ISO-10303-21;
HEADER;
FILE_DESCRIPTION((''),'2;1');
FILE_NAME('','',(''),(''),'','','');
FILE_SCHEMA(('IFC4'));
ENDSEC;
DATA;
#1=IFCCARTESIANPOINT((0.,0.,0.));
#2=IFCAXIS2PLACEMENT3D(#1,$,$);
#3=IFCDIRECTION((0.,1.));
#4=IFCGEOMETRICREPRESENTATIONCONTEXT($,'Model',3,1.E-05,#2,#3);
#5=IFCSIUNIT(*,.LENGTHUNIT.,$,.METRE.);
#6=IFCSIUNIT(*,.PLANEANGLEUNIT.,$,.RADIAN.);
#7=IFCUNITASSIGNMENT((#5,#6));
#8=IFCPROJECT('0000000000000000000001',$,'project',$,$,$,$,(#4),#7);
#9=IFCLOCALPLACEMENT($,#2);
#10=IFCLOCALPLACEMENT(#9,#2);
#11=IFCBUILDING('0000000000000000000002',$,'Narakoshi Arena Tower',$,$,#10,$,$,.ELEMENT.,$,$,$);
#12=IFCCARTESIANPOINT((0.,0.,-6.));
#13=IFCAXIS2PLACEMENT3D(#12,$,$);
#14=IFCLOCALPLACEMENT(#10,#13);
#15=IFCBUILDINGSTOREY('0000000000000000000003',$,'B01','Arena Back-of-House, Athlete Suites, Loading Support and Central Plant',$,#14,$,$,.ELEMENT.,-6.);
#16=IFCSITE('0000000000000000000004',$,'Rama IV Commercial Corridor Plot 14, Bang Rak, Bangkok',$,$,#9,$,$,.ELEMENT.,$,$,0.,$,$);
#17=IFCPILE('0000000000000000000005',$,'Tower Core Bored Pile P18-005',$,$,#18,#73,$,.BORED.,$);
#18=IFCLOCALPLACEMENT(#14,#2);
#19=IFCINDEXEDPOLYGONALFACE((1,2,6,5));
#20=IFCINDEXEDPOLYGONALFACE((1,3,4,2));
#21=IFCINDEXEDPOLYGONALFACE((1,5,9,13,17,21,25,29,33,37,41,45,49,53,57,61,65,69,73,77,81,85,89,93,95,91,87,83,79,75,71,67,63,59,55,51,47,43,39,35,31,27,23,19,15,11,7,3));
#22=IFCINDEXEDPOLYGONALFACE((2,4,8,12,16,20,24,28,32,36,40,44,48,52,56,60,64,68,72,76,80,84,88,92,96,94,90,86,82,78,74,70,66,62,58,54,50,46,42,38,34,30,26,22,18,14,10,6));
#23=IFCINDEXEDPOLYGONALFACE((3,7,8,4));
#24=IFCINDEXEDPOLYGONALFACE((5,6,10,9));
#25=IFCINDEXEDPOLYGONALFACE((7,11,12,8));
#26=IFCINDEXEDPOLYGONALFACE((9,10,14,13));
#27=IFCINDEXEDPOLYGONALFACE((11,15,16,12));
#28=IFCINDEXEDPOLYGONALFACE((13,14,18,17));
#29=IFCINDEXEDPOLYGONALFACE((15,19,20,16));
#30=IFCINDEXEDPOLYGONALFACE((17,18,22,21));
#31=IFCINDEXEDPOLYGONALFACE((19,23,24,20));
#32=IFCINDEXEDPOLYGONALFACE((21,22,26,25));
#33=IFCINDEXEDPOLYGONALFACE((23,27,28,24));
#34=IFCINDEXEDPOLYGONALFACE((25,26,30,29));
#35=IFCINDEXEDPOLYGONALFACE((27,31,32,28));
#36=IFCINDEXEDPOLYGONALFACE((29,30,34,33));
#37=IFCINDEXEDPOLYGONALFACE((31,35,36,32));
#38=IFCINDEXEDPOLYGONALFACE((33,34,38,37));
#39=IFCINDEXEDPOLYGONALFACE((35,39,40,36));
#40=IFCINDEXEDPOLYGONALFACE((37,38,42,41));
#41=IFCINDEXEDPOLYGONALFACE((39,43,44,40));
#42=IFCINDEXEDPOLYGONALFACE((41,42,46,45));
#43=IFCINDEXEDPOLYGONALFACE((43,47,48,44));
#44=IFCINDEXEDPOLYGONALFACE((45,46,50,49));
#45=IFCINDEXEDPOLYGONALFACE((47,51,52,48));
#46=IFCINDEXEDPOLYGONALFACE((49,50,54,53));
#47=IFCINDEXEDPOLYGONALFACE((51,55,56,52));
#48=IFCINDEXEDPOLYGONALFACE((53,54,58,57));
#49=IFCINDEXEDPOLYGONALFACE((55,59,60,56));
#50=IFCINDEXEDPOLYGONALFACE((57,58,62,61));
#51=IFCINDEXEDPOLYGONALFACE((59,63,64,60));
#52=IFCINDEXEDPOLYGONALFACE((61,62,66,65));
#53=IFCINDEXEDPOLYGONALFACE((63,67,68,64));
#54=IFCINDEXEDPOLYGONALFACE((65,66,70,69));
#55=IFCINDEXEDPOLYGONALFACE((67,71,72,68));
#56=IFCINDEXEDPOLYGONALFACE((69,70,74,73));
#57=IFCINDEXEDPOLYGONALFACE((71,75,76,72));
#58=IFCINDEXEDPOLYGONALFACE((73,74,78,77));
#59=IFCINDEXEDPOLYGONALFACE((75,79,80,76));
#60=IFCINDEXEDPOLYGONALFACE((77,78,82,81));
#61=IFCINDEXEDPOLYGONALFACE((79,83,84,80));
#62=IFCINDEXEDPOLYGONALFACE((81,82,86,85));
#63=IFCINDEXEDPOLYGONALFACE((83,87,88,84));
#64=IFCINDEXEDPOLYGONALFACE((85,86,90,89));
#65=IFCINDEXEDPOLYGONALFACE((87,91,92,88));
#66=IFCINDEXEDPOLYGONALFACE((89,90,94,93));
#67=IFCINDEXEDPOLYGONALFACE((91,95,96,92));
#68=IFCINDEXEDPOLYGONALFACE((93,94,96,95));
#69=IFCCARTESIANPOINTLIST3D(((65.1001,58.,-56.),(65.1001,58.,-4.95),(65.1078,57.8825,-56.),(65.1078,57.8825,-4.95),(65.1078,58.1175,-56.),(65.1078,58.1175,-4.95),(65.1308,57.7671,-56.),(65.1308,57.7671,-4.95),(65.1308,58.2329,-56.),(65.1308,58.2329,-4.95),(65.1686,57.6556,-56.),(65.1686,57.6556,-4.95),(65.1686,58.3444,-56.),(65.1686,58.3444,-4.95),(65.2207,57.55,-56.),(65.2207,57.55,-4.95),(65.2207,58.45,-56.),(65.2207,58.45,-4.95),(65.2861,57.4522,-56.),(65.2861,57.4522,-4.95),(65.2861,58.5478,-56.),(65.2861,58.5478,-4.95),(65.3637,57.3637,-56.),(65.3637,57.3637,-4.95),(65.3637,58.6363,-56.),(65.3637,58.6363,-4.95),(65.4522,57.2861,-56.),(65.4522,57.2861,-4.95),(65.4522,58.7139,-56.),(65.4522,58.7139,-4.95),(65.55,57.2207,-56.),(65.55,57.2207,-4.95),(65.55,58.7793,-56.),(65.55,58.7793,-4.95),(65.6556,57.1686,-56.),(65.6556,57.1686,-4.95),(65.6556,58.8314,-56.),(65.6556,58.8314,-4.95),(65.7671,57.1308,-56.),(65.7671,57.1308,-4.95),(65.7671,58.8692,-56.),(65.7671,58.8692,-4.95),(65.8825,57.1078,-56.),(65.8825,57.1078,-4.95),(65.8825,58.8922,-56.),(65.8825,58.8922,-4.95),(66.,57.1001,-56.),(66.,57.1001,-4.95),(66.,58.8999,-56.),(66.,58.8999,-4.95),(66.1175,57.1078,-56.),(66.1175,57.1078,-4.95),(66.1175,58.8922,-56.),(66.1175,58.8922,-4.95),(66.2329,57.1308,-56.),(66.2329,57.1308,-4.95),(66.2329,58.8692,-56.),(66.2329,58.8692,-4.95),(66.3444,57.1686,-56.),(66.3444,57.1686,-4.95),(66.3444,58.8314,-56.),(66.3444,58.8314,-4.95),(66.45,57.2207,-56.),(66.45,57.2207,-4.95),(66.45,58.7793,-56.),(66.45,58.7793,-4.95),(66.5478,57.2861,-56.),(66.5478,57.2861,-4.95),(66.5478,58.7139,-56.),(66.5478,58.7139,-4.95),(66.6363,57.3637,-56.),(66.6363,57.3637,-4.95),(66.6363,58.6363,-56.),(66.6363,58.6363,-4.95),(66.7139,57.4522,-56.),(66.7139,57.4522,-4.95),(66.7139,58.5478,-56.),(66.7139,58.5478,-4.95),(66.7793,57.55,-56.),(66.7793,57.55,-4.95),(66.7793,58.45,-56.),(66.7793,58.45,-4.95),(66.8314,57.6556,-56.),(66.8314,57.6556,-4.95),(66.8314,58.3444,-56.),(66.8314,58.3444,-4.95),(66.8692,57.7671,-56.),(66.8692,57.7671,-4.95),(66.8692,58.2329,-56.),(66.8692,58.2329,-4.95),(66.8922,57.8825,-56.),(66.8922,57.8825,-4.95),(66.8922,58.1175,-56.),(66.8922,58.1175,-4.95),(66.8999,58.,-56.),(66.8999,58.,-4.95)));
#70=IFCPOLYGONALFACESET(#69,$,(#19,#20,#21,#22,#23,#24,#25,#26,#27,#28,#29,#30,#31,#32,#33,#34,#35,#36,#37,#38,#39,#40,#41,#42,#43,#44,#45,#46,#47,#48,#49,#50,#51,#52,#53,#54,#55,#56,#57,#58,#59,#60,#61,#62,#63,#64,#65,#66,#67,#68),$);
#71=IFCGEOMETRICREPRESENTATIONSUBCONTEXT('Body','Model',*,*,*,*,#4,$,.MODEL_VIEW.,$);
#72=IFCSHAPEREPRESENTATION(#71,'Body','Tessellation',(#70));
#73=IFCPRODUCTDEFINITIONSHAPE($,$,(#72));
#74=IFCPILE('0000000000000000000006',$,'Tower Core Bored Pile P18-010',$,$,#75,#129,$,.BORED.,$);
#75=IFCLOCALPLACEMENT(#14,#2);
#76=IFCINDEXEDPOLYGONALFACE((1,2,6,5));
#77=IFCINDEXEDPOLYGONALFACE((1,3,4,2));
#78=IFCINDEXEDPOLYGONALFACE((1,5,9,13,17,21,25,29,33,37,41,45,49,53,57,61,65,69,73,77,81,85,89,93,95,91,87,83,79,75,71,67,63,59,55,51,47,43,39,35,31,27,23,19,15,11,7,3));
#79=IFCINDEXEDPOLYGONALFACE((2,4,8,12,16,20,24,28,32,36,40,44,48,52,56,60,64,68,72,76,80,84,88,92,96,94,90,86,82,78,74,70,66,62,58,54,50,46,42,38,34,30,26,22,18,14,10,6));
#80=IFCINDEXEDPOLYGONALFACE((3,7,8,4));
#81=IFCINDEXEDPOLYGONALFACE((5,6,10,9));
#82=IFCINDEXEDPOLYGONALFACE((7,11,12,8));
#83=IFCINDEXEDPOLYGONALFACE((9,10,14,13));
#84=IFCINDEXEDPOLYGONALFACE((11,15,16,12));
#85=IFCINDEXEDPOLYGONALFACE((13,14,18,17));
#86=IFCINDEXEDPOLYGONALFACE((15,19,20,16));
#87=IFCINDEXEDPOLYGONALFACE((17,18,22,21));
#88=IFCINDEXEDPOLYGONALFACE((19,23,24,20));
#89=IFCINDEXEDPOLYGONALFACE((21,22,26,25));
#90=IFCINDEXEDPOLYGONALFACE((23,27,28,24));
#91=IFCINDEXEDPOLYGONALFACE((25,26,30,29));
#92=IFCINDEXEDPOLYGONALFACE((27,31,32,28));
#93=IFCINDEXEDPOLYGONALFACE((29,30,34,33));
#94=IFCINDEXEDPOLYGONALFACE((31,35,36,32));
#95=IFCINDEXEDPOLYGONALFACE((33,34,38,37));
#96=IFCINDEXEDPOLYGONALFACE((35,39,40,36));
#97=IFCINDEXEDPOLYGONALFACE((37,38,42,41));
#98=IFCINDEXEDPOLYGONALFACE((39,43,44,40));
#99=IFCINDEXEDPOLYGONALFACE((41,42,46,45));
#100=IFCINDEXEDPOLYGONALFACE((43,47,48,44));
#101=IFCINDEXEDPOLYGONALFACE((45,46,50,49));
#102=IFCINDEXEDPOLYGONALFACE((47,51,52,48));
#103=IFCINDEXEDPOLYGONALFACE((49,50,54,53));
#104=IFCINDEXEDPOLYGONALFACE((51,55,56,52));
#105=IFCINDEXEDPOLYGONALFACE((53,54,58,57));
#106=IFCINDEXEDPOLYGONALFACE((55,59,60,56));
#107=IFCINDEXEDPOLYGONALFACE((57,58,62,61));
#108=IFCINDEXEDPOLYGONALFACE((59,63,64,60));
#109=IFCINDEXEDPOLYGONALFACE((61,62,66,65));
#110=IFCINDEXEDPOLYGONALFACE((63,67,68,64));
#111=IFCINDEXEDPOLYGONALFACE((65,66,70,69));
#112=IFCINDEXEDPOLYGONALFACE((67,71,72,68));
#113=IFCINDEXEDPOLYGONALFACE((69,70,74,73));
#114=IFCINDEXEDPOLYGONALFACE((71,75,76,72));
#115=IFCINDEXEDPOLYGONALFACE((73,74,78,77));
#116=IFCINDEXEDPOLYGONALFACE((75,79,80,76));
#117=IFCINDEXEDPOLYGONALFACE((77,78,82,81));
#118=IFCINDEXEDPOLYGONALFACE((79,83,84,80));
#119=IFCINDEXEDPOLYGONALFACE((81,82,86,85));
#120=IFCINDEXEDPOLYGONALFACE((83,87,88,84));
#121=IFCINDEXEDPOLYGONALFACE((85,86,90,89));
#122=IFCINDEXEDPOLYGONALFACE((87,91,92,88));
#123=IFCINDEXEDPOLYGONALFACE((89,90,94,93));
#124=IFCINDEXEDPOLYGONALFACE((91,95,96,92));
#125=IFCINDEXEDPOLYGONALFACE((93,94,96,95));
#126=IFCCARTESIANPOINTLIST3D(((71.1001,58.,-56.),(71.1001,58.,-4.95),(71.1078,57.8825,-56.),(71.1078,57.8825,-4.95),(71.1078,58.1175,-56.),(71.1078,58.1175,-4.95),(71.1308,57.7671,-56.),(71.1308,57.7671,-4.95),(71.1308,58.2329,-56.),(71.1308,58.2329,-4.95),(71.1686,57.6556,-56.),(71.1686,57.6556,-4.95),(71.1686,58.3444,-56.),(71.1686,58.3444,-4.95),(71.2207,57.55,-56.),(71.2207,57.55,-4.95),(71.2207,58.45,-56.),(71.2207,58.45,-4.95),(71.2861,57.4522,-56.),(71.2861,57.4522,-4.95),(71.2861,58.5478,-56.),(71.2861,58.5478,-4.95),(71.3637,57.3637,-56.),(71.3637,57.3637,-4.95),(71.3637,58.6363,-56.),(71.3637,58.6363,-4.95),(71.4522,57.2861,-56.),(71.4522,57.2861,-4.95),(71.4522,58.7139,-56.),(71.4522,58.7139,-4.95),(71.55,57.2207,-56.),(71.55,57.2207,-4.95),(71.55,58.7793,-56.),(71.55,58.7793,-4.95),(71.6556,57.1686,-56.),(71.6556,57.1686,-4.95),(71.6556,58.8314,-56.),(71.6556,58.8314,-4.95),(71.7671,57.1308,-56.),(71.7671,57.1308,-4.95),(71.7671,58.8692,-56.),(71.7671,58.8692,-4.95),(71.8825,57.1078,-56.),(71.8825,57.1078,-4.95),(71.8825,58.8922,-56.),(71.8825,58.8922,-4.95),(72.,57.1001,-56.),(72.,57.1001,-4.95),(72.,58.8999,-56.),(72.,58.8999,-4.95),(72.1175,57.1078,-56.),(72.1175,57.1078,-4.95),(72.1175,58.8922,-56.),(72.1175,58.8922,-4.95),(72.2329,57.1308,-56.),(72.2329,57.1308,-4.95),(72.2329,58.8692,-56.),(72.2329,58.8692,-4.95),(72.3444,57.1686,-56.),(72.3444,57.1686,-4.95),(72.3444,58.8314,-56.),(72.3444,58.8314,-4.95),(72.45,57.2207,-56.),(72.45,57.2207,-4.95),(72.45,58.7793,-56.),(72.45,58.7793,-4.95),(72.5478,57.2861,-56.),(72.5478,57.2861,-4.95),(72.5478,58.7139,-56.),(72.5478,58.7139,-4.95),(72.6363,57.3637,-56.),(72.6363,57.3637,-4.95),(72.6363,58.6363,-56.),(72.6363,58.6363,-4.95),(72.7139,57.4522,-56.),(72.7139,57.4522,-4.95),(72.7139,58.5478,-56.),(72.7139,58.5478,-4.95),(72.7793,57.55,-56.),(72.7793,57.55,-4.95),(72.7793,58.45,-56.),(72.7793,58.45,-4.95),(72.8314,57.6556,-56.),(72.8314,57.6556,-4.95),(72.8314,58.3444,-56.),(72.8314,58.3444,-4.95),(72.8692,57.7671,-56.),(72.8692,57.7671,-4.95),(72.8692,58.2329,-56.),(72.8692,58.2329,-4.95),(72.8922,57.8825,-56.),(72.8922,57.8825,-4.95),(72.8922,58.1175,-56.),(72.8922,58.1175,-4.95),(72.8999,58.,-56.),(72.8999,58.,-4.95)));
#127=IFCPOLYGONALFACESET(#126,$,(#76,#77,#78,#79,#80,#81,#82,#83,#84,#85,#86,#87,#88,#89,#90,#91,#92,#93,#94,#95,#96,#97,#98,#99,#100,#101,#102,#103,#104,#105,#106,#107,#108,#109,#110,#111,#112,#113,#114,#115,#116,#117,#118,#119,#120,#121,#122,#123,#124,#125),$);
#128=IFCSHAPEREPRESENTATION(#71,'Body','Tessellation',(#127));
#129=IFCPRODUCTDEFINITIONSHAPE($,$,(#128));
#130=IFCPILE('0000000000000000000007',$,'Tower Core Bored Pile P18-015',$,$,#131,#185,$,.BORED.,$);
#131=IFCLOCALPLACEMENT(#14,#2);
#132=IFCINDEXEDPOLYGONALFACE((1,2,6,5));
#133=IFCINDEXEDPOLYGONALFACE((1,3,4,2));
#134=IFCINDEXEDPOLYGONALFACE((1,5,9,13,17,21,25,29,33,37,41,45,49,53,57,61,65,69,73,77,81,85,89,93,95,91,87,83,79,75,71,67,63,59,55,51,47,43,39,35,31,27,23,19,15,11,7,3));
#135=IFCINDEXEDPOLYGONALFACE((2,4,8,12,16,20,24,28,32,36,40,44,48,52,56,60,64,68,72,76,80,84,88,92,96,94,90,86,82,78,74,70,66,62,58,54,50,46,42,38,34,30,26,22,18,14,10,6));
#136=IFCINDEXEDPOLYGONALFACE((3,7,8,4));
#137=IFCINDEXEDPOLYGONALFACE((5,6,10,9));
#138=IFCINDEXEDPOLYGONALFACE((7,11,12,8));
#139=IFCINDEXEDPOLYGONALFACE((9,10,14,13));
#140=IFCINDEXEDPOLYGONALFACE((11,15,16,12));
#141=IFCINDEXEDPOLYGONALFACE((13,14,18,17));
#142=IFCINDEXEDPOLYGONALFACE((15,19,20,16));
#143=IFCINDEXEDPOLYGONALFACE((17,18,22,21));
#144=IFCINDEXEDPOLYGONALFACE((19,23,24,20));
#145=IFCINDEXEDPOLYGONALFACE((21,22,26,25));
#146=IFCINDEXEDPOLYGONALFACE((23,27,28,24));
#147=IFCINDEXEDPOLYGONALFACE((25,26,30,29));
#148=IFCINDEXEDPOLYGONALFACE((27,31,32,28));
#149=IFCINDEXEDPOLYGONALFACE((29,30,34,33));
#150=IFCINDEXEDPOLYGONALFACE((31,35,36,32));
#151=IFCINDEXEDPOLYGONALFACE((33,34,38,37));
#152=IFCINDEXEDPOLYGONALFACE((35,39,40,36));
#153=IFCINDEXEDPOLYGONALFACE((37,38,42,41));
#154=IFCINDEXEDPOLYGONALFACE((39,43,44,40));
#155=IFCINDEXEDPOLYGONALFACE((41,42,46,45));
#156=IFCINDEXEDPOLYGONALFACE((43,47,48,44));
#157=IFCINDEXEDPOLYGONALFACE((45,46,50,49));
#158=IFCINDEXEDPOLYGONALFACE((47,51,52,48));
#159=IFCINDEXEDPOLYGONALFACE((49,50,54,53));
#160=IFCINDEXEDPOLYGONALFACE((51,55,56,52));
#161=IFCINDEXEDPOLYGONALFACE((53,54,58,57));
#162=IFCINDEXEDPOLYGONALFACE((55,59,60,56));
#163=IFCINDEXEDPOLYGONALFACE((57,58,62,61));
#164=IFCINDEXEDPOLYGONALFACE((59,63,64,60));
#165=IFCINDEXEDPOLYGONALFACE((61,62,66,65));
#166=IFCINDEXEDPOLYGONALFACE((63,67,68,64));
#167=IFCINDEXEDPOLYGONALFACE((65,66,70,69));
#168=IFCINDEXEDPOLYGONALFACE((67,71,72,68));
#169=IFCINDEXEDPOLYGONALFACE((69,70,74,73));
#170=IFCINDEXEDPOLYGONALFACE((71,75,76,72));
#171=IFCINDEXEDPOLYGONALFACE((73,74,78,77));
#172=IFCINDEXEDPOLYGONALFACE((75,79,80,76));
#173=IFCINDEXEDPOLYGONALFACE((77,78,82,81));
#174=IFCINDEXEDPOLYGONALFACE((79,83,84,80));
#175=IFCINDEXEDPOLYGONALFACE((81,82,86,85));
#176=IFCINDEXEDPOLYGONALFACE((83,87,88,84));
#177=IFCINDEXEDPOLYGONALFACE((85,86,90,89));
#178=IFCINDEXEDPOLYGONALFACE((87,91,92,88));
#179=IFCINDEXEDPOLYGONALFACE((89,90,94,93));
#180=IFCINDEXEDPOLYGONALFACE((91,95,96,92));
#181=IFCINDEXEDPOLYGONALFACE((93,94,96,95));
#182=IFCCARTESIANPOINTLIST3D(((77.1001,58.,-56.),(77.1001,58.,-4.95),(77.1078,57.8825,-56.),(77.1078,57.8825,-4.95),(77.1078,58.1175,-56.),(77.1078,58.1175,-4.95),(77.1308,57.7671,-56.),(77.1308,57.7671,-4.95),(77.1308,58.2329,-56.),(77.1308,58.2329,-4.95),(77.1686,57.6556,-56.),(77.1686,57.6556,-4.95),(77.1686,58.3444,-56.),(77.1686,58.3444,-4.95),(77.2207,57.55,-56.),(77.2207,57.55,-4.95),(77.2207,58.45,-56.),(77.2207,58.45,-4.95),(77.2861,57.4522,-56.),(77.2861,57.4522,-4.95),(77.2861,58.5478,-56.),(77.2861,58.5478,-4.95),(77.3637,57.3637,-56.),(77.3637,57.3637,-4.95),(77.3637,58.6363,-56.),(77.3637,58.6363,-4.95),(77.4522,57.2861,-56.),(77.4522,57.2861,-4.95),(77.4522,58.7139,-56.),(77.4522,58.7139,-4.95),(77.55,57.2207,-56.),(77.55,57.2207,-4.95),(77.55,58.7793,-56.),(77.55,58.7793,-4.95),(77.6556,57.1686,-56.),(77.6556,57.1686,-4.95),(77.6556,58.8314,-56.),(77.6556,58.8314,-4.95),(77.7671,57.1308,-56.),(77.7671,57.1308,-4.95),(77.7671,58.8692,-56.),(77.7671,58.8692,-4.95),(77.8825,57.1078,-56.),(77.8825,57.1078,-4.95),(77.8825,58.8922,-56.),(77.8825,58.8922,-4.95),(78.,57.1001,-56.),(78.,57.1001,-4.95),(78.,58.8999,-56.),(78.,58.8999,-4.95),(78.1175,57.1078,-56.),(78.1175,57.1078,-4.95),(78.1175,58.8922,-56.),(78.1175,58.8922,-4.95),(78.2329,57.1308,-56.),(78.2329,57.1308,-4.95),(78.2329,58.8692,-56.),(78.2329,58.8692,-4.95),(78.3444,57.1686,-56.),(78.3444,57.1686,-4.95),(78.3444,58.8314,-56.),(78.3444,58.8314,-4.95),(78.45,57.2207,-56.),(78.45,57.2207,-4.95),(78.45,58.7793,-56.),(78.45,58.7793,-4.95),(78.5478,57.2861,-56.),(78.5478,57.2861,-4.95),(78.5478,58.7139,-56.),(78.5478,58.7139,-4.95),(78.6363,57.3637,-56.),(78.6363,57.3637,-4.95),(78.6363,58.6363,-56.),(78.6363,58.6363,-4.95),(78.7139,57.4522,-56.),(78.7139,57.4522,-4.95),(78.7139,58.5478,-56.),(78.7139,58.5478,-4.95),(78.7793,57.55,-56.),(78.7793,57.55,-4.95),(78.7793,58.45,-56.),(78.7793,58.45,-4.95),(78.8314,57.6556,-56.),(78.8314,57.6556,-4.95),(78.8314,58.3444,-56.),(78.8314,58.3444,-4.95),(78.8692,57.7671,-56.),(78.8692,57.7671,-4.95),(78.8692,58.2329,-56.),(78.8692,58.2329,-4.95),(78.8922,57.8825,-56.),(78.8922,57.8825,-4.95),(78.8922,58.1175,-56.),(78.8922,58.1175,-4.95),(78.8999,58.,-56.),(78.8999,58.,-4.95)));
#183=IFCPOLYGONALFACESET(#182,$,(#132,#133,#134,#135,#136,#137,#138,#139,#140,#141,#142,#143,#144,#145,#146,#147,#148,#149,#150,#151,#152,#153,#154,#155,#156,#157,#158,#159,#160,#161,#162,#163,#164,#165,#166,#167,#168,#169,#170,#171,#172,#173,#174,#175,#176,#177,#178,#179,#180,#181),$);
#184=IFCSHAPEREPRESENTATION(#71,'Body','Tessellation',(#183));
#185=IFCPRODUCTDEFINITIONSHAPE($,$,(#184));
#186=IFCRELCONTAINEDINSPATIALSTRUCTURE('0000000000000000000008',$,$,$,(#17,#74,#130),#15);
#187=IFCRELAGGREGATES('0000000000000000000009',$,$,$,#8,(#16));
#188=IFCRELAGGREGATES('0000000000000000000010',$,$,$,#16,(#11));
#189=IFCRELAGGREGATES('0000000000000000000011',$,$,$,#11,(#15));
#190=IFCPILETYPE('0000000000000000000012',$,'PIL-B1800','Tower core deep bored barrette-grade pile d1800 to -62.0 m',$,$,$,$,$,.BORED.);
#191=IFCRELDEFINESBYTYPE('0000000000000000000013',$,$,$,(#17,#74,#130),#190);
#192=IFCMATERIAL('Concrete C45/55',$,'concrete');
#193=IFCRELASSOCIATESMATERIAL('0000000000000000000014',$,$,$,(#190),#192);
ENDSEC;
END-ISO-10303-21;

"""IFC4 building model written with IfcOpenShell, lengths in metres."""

from ifc_helpers import new_model, si_unit, direction, frame, origin, origin_2d, place, context, subcontext, project, spatial, circle, extrude, material, material_profile, profile_set, type_object, element, save


model = new_model("IFC4")

# Units and contexts
model_context = context("Model", 3, precision=1e-05, world=origin(), true_north=direction((0.0, 1.0)))
body_context = subcontext(model_context, "Body", "Model", "MODEL_VIEW")
ifc_project = project(units=[si_unit("LENGTHUNIT", "METRE"), si_unit("PLANEANGLEUNIT", "RADIAN")], contexts=[model_context])

# Site, building, storey
site_placement = place(None, origin())
site = spatial("IfcSite", under=ifc_project, at=site_placement, Name="Rama IV Commercial Corridor Plot 14, Bang Rak, Bangkok", CompositionType="ELEMENT", RefElevation=0.0)
building_placement = place(site_placement, origin())
building = spatial("IfcBuilding", under=site, at=building_placement, Name="Narakoshi Arena Tower", CompositionType="ELEMENT")
storey_placement = place(building_placement, frame((0.0, 0.0, -6.0)))
storey = spatial("IfcBuildingStorey", under=building, at=storey_placement, Name="B01", Description="Arena Back-of-House, Athlete Suites, Loading Support and Central Plant", CompositionType="ELEMENT", Elevation=-6.0)

# Piles
ifc_material_1 = material(Name="Concrete C45/55", Category="concrete")
ifc_material_profile_1 = material_profile(ifc_material_1, circle(Radius=0.8999, at=origin_2d()), Name="PILE-D1800")
ifc_profile_set_1 = profile_set([ifc_material_profile_1], Name="Concrete C45/55")
pile_type = type_object("IfcPileType", Name="PIL-B1800", Description="Tower core deep bored barrette-grade pile d1800 to -62.0 m", PredefinedType="BORED", material=ifc_profile_set_1)
for number, where, z_axis, x_axis, name in (
    (1, (66.0, 58.0, -4.95), (0.0, 0.0, -1.0), (1.0, 0.0, 0.0), "Tower Core Bored Pile P18-005"),
    (2, (72.0, 58.0, -4.95), (0.0, 0.0, -1.0), (1.0, 0.0, 0.0), "Tower Core Bored Pile P18-010"),
    (3, (78.0, 58.0, -4.95), (0.0, 0.0, -1.0), (1.0, 0.0, 0.0), "Tower Core Bored Pile P18-015"),
):
    element("IfcPile", number, at=place(storey_placement, frame(where, z_axis=z_axis, x_axis=x_axis)), inside=storey, type_object=pile_type, Name=name, PredefinedType="BORED", context=body_context, shape_type="SweptSolid", body=[
        extrude(circle(Radius=0.8999, at=origin_2d()), origin(), (0.0, 0.0, 1.0), 51.05),
    ])

save(model, "model.ifc")
